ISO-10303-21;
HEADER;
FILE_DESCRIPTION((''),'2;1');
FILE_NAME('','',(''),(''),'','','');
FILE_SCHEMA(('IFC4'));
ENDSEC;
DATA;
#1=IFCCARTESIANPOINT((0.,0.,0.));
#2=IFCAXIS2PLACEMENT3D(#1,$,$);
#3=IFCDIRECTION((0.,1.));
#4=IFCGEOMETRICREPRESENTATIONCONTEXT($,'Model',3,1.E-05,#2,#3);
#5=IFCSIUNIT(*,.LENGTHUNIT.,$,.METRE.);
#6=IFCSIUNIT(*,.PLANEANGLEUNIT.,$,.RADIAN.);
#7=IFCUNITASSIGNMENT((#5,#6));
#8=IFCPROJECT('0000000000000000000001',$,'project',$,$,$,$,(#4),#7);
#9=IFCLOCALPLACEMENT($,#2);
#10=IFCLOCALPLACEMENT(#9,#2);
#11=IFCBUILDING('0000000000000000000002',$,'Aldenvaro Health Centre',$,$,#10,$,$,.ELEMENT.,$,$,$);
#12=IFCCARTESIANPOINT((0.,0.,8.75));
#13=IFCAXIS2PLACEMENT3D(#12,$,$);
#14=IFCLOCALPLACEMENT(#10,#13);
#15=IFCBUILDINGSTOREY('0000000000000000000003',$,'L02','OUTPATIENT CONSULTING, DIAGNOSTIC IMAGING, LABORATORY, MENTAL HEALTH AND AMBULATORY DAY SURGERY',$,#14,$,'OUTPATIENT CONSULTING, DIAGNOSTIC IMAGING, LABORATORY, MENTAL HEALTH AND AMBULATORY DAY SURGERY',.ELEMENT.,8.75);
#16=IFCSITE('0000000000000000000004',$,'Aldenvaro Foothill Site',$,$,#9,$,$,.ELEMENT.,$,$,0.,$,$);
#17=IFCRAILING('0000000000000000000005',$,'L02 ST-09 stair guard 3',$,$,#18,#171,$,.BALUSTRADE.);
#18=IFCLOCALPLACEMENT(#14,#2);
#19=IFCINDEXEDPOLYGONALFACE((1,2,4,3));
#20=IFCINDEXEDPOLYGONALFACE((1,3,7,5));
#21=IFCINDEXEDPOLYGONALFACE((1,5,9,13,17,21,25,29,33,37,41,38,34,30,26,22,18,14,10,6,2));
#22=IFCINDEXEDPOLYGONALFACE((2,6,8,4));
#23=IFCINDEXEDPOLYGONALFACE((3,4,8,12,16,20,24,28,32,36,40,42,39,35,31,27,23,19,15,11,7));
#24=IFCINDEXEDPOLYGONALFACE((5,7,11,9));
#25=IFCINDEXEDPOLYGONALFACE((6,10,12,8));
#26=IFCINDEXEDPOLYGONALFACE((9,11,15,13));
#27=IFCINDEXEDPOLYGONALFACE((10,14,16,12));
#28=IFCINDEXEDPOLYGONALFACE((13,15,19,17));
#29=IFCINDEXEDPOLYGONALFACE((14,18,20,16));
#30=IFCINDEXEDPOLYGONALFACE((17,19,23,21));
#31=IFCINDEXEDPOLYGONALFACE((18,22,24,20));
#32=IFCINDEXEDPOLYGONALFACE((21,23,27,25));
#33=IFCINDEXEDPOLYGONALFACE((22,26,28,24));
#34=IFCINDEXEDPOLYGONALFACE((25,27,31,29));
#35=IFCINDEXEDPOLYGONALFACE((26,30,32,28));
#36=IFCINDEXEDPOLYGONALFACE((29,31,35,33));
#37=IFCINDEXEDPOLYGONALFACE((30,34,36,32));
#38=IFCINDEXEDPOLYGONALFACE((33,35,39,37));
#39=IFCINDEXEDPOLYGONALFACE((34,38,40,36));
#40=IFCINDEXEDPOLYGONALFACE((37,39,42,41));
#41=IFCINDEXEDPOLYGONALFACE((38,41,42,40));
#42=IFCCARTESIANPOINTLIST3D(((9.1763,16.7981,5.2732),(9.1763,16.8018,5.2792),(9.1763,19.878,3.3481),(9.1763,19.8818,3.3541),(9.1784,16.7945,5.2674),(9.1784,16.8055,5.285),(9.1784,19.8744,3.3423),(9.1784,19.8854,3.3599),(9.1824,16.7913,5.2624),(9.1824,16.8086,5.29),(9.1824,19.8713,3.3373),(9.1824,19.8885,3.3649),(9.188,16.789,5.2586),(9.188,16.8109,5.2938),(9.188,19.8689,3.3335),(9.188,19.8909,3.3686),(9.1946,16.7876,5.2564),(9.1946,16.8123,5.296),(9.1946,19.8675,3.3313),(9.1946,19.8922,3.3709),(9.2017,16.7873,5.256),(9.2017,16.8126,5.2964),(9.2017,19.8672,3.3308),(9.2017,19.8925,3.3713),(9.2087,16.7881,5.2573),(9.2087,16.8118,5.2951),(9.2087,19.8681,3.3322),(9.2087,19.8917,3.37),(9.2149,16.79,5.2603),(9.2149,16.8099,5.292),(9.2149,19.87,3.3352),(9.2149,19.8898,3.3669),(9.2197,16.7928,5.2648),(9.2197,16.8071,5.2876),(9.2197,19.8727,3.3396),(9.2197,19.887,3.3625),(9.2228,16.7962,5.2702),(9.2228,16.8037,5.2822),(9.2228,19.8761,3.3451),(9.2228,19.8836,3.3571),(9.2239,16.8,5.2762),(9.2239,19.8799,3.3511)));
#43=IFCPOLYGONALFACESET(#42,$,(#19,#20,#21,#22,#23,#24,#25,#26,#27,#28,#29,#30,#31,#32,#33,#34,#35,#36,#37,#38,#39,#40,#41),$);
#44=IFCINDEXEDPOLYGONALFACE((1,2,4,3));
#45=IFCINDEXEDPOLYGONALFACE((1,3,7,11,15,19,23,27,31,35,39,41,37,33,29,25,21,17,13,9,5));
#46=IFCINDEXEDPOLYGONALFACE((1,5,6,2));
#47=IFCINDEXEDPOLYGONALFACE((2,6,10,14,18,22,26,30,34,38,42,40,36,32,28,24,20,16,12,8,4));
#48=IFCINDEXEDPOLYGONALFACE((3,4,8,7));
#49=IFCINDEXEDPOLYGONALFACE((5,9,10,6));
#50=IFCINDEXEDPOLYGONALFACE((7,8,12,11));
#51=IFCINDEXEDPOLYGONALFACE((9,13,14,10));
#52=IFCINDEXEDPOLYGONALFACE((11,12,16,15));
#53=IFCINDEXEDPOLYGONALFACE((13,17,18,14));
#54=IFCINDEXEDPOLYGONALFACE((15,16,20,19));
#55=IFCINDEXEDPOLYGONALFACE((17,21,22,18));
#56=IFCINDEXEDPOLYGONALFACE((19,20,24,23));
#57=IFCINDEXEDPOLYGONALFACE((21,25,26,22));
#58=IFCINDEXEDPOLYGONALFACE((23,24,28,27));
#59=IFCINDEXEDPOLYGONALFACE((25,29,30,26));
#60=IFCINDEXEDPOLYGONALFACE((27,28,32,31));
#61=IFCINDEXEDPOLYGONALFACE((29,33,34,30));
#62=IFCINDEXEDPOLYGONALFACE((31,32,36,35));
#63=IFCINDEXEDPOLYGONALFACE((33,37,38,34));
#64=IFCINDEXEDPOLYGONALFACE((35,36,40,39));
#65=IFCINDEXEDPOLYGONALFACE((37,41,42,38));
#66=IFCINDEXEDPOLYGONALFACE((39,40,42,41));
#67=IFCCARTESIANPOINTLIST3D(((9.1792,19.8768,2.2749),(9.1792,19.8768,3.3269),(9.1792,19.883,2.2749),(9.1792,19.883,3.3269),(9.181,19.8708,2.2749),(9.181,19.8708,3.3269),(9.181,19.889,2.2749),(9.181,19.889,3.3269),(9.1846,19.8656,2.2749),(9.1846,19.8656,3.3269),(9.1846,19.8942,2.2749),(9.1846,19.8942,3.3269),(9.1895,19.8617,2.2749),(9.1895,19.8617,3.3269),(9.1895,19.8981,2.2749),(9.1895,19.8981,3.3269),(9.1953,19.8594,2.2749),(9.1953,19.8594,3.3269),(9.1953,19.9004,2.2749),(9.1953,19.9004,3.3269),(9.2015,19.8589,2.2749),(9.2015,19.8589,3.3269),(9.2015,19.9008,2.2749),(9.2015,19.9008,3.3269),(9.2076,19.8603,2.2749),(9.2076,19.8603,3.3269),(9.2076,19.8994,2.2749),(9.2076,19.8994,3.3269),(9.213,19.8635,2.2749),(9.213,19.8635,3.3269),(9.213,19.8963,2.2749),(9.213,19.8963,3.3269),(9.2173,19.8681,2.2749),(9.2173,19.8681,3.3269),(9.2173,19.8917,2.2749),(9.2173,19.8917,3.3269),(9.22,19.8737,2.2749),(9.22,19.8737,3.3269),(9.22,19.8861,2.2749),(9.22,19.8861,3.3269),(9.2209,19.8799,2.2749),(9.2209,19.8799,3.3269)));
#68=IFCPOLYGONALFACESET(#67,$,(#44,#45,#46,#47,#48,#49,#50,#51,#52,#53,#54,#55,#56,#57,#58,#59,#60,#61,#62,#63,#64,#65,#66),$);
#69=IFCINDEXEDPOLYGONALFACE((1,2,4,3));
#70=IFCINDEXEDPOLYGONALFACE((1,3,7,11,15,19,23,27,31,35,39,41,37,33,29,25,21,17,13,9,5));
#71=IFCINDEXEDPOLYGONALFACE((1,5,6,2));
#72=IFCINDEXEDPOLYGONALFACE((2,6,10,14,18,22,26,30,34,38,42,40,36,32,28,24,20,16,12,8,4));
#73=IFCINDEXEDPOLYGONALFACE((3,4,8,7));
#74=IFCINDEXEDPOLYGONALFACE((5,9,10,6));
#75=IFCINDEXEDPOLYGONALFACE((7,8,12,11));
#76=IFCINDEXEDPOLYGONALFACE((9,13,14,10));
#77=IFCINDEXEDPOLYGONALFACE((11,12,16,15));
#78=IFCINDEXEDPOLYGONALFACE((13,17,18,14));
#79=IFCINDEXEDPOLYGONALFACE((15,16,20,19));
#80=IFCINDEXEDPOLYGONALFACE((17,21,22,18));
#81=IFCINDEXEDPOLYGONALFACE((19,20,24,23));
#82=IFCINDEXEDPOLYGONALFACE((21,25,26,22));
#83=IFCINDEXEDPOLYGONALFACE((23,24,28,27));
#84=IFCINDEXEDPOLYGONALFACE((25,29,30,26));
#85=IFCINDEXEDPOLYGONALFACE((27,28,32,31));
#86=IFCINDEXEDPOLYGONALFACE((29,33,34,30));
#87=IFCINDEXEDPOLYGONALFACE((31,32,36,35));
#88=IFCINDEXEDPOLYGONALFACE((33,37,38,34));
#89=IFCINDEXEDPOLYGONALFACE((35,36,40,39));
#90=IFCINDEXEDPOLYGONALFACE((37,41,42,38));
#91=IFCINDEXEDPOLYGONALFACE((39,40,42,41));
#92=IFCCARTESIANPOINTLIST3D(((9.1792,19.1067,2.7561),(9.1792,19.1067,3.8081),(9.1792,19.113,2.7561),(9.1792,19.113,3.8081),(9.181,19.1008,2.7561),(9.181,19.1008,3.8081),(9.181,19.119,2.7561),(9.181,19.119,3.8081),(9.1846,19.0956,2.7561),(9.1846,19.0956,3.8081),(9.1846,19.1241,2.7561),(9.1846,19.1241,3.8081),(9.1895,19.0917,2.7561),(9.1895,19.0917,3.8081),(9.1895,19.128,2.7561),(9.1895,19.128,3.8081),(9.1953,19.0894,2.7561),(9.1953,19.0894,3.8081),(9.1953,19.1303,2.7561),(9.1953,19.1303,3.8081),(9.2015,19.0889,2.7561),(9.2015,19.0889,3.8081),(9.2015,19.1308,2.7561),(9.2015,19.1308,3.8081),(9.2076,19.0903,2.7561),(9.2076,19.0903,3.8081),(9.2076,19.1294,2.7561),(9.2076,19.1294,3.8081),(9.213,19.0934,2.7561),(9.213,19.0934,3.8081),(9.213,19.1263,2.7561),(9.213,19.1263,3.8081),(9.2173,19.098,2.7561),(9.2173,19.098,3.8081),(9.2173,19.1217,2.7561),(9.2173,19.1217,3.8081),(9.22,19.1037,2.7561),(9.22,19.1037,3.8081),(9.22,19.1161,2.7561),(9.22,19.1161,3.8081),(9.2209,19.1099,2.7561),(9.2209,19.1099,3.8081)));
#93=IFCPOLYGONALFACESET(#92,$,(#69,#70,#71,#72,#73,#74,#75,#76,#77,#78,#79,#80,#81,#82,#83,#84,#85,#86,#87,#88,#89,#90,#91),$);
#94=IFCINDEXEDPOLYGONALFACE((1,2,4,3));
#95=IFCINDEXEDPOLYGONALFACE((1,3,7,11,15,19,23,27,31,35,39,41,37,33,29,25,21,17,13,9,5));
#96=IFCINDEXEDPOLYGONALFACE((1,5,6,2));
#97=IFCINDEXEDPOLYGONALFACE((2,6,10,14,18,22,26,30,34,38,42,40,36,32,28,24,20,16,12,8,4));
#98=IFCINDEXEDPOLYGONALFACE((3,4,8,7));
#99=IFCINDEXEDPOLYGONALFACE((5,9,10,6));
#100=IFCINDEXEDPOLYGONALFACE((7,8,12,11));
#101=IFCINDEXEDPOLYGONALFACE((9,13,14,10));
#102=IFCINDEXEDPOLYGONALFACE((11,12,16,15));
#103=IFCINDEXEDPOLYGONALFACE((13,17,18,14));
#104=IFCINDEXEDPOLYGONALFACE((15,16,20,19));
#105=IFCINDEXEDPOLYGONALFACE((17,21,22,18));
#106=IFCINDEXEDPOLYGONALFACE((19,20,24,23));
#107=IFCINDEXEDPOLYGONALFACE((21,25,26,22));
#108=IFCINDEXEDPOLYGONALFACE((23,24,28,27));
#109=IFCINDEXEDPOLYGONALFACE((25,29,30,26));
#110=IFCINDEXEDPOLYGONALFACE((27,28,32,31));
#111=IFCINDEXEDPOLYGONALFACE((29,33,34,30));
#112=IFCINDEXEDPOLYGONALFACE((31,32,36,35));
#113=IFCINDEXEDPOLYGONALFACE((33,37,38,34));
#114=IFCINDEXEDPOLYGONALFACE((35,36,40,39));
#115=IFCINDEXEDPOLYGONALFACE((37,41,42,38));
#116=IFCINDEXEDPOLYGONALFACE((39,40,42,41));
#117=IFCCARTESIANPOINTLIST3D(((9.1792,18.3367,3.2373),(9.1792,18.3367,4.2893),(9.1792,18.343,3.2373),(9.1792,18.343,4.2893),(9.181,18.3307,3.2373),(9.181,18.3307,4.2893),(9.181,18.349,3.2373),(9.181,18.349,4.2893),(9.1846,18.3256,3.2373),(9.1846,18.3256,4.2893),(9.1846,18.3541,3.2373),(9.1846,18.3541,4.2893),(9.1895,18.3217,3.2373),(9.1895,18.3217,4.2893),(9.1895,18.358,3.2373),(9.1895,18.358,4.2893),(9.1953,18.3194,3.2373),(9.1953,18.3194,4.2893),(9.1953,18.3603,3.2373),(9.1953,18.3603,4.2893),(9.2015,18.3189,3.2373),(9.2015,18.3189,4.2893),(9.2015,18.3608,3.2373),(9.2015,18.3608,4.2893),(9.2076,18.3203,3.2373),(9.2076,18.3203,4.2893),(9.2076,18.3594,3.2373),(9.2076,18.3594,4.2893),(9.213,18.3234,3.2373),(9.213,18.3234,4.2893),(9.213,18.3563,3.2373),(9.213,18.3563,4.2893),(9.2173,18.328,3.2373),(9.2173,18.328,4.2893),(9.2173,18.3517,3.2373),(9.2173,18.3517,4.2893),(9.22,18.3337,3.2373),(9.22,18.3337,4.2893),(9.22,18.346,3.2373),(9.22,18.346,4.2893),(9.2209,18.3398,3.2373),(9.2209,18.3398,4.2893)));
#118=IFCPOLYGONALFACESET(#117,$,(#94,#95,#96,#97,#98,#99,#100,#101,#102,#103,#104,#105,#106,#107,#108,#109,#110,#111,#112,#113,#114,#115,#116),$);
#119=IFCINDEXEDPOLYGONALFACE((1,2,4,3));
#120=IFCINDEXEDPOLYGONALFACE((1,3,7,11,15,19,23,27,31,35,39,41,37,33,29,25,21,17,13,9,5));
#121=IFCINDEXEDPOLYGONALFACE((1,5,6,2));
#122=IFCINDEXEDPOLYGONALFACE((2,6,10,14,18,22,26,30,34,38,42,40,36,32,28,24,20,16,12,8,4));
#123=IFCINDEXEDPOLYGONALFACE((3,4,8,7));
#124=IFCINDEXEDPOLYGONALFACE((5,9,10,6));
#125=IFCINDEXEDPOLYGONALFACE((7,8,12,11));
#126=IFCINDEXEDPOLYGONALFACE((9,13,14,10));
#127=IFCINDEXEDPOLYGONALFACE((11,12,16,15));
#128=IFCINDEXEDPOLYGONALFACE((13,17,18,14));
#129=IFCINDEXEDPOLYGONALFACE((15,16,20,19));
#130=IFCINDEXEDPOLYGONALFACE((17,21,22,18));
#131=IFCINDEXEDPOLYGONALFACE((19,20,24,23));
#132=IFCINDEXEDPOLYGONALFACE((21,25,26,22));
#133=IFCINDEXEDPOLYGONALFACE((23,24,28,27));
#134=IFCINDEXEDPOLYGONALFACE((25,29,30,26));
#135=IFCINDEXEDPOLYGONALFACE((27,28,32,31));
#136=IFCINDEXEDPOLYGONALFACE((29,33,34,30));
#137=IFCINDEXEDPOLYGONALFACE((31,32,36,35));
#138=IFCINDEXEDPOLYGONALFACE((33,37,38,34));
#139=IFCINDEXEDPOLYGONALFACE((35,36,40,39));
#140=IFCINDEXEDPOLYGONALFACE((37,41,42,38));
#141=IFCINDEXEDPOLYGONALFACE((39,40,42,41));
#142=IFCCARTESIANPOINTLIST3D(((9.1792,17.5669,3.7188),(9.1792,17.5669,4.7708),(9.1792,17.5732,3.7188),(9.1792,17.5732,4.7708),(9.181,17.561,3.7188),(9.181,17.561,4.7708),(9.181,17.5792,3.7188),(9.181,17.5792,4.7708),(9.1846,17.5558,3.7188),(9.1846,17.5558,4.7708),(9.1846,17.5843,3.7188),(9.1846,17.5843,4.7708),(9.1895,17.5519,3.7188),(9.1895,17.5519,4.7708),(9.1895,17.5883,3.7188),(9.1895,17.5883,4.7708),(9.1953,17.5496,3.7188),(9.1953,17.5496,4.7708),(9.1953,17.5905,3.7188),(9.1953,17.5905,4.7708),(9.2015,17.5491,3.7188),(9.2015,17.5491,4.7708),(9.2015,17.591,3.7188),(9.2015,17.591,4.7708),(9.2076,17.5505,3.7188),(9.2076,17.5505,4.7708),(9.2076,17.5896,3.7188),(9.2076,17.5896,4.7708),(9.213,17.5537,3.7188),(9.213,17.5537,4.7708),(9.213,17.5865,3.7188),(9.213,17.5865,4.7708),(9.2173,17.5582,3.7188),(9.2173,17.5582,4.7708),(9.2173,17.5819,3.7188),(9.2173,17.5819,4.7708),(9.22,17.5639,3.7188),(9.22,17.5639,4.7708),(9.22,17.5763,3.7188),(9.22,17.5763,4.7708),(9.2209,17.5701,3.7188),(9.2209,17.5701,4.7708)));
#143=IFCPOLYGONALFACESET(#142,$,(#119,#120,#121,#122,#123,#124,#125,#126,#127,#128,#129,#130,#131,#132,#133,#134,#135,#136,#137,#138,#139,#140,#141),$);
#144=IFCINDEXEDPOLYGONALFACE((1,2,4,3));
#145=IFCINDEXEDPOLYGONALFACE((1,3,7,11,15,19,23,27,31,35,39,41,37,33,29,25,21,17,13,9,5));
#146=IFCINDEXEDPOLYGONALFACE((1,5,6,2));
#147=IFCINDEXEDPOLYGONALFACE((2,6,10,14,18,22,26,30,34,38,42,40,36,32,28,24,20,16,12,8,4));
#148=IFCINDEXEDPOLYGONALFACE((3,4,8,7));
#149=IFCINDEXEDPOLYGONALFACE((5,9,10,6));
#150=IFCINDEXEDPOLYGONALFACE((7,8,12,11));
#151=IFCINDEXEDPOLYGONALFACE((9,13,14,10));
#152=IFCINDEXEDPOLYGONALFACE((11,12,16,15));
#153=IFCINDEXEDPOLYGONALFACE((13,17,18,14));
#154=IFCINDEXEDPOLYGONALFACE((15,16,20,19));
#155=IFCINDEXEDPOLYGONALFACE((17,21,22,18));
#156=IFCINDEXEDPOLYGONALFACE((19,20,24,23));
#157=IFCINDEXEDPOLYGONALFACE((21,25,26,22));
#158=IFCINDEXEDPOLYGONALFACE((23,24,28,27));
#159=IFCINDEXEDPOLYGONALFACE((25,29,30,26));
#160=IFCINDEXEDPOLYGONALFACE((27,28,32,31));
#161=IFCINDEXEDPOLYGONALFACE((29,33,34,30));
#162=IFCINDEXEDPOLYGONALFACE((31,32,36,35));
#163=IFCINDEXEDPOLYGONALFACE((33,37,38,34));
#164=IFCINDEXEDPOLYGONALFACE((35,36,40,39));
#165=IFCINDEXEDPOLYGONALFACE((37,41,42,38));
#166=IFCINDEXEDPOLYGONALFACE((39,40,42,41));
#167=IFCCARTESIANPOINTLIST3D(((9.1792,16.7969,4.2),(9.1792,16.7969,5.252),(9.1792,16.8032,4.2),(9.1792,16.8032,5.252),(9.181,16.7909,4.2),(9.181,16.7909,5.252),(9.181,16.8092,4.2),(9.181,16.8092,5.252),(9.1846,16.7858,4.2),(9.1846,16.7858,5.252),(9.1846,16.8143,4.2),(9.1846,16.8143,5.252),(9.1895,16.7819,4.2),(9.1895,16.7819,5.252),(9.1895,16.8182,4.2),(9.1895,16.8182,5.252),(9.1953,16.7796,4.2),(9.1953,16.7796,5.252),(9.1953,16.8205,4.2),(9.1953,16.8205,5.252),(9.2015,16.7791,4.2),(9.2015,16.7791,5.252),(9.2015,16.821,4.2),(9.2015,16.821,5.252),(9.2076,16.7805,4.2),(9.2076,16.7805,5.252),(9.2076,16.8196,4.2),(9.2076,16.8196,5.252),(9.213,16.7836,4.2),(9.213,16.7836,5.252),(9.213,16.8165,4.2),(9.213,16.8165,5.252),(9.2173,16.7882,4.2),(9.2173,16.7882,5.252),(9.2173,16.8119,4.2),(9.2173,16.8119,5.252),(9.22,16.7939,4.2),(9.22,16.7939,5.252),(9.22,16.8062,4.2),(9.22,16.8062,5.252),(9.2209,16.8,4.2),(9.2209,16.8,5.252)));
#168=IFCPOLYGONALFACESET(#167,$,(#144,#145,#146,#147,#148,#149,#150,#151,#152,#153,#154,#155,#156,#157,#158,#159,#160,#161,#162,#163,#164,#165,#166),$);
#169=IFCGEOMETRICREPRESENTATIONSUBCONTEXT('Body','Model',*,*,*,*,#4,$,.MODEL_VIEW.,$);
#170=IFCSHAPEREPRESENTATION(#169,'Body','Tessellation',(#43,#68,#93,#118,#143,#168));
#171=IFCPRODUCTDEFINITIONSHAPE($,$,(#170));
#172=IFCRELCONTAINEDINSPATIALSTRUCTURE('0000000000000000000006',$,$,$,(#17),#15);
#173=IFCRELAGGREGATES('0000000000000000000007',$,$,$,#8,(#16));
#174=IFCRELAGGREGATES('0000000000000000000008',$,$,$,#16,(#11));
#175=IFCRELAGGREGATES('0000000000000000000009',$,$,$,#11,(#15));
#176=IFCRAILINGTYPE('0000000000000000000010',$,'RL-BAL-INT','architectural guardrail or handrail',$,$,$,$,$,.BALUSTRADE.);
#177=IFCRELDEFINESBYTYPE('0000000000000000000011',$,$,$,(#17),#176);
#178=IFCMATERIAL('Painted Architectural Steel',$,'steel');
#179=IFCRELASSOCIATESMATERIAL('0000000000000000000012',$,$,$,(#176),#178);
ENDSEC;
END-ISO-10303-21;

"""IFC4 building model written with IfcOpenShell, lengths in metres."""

from ifc_helpers import new_model, si_unit, direction, frame, origin, origin_2d, place, context, subcontext, project, spatial, circle, extrude, material, type_object, element, save


model = new_model("IFC4")

# Units and contexts
model_context = context("Model", 3, precision=1e-05, world=origin(), true_north=direction((0.0, 1.0)))
body_context = subcontext(model_context, "Body", "Model", "MODEL_VIEW")
ifc_project = project(units=[si_unit("LENGTHUNIT", "METRE"), si_unit("PLANEANGLEUNIT", "RADIAN")], contexts=[model_context])

# Site, building, storey
site_placement = place(None, origin())
site = spatial("IfcSite", under=ifc_project, at=site_placement, Name="Aldenvaro Foothill Site", CompositionType="ELEMENT", RefElevation=0.0)
building_placement = place(site_placement, origin())
building = spatial("IfcBuilding", under=site, at=building_placement, Name="Aldenvaro Health Centre", CompositionType="ELEMENT")
storey_placement = place(building_placement, frame((0.0, 0.0, 8.75)))
storey = spatial("IfcBuildingStorey", under=building, at=storey_placement, Name="L02", Description="OUTPATIENT CONSULTING, DIAGNOSTIC IMAGING, LABORATORY, MENTAL HEALTH AND AMBULATORY DAY SURGERY", LongName="OUTPATIENT CONSULTING, DIAGNOSTIC IMAGING, LABORATORY, MENTAL HEALTH AND AMBULATORY DAY SURGERY", CompositionType="ELEMENT", Elevation=8.75)

# Railing
ifc_material_1 = material(Name="Painted Architectural Steel", Category="steel")
railing_type_1 = type_object("IfcRailingType", Name="RL-BAL-INT", Description="architectural guardrail or handrail", PredefinedType="BALUSTRADE", material=ifc_material_1)
railing_1_placement = place(storey_placement, frame((9.2, 19.8799, 2.2749)))
element("IfcRailing", 1, at=railing_1_placement, inside=storey, type_object=railing_type_1, Name="L02 ST-09 stair guard 3", PredefinedType="BALUSTRADE", context=body_context, shape_type="SweptSolid", body=[
    extrude(circle(Radius=0.0239, at=origin_2d()), frame((0.0, 0.0, 1.0762), z_axis=(0.0, -0.847979, 0.530029), x_axis=(1.0, 0.0, 0.0)), (0.0, 0.0, 1.0), 3.6321),
    extrude(circle(Radius=0.021, at=origin_2d()), origin(), (0.0, 0.0, 1.0), 1.052),
    extrude(circle(Radius=0.021, at=origin_2d()), frame((0.0, -0.77, 0.4812)), (0.0, 0.0, 1.0), 1.052),
    extrude(circle(Radius=0.021, at=origin_2d()), frame((0.0, -1.54, 0.9624)), (0.0, 0.0, 1.0), 1.052),
    extrude(circle(Radius=0.021, at=origin_2d()), frame((0.0, -2.3098, 1.4438)), (0.0, 0.0, 1.0), 1.052),
    extrude(circle(Radius=0.021, at=origin_2d()), frame((0.0, -3.0798, 1.925)), (0.0, 0.0, 1.0), 1.052),
])

save(model, "model.ifc")
